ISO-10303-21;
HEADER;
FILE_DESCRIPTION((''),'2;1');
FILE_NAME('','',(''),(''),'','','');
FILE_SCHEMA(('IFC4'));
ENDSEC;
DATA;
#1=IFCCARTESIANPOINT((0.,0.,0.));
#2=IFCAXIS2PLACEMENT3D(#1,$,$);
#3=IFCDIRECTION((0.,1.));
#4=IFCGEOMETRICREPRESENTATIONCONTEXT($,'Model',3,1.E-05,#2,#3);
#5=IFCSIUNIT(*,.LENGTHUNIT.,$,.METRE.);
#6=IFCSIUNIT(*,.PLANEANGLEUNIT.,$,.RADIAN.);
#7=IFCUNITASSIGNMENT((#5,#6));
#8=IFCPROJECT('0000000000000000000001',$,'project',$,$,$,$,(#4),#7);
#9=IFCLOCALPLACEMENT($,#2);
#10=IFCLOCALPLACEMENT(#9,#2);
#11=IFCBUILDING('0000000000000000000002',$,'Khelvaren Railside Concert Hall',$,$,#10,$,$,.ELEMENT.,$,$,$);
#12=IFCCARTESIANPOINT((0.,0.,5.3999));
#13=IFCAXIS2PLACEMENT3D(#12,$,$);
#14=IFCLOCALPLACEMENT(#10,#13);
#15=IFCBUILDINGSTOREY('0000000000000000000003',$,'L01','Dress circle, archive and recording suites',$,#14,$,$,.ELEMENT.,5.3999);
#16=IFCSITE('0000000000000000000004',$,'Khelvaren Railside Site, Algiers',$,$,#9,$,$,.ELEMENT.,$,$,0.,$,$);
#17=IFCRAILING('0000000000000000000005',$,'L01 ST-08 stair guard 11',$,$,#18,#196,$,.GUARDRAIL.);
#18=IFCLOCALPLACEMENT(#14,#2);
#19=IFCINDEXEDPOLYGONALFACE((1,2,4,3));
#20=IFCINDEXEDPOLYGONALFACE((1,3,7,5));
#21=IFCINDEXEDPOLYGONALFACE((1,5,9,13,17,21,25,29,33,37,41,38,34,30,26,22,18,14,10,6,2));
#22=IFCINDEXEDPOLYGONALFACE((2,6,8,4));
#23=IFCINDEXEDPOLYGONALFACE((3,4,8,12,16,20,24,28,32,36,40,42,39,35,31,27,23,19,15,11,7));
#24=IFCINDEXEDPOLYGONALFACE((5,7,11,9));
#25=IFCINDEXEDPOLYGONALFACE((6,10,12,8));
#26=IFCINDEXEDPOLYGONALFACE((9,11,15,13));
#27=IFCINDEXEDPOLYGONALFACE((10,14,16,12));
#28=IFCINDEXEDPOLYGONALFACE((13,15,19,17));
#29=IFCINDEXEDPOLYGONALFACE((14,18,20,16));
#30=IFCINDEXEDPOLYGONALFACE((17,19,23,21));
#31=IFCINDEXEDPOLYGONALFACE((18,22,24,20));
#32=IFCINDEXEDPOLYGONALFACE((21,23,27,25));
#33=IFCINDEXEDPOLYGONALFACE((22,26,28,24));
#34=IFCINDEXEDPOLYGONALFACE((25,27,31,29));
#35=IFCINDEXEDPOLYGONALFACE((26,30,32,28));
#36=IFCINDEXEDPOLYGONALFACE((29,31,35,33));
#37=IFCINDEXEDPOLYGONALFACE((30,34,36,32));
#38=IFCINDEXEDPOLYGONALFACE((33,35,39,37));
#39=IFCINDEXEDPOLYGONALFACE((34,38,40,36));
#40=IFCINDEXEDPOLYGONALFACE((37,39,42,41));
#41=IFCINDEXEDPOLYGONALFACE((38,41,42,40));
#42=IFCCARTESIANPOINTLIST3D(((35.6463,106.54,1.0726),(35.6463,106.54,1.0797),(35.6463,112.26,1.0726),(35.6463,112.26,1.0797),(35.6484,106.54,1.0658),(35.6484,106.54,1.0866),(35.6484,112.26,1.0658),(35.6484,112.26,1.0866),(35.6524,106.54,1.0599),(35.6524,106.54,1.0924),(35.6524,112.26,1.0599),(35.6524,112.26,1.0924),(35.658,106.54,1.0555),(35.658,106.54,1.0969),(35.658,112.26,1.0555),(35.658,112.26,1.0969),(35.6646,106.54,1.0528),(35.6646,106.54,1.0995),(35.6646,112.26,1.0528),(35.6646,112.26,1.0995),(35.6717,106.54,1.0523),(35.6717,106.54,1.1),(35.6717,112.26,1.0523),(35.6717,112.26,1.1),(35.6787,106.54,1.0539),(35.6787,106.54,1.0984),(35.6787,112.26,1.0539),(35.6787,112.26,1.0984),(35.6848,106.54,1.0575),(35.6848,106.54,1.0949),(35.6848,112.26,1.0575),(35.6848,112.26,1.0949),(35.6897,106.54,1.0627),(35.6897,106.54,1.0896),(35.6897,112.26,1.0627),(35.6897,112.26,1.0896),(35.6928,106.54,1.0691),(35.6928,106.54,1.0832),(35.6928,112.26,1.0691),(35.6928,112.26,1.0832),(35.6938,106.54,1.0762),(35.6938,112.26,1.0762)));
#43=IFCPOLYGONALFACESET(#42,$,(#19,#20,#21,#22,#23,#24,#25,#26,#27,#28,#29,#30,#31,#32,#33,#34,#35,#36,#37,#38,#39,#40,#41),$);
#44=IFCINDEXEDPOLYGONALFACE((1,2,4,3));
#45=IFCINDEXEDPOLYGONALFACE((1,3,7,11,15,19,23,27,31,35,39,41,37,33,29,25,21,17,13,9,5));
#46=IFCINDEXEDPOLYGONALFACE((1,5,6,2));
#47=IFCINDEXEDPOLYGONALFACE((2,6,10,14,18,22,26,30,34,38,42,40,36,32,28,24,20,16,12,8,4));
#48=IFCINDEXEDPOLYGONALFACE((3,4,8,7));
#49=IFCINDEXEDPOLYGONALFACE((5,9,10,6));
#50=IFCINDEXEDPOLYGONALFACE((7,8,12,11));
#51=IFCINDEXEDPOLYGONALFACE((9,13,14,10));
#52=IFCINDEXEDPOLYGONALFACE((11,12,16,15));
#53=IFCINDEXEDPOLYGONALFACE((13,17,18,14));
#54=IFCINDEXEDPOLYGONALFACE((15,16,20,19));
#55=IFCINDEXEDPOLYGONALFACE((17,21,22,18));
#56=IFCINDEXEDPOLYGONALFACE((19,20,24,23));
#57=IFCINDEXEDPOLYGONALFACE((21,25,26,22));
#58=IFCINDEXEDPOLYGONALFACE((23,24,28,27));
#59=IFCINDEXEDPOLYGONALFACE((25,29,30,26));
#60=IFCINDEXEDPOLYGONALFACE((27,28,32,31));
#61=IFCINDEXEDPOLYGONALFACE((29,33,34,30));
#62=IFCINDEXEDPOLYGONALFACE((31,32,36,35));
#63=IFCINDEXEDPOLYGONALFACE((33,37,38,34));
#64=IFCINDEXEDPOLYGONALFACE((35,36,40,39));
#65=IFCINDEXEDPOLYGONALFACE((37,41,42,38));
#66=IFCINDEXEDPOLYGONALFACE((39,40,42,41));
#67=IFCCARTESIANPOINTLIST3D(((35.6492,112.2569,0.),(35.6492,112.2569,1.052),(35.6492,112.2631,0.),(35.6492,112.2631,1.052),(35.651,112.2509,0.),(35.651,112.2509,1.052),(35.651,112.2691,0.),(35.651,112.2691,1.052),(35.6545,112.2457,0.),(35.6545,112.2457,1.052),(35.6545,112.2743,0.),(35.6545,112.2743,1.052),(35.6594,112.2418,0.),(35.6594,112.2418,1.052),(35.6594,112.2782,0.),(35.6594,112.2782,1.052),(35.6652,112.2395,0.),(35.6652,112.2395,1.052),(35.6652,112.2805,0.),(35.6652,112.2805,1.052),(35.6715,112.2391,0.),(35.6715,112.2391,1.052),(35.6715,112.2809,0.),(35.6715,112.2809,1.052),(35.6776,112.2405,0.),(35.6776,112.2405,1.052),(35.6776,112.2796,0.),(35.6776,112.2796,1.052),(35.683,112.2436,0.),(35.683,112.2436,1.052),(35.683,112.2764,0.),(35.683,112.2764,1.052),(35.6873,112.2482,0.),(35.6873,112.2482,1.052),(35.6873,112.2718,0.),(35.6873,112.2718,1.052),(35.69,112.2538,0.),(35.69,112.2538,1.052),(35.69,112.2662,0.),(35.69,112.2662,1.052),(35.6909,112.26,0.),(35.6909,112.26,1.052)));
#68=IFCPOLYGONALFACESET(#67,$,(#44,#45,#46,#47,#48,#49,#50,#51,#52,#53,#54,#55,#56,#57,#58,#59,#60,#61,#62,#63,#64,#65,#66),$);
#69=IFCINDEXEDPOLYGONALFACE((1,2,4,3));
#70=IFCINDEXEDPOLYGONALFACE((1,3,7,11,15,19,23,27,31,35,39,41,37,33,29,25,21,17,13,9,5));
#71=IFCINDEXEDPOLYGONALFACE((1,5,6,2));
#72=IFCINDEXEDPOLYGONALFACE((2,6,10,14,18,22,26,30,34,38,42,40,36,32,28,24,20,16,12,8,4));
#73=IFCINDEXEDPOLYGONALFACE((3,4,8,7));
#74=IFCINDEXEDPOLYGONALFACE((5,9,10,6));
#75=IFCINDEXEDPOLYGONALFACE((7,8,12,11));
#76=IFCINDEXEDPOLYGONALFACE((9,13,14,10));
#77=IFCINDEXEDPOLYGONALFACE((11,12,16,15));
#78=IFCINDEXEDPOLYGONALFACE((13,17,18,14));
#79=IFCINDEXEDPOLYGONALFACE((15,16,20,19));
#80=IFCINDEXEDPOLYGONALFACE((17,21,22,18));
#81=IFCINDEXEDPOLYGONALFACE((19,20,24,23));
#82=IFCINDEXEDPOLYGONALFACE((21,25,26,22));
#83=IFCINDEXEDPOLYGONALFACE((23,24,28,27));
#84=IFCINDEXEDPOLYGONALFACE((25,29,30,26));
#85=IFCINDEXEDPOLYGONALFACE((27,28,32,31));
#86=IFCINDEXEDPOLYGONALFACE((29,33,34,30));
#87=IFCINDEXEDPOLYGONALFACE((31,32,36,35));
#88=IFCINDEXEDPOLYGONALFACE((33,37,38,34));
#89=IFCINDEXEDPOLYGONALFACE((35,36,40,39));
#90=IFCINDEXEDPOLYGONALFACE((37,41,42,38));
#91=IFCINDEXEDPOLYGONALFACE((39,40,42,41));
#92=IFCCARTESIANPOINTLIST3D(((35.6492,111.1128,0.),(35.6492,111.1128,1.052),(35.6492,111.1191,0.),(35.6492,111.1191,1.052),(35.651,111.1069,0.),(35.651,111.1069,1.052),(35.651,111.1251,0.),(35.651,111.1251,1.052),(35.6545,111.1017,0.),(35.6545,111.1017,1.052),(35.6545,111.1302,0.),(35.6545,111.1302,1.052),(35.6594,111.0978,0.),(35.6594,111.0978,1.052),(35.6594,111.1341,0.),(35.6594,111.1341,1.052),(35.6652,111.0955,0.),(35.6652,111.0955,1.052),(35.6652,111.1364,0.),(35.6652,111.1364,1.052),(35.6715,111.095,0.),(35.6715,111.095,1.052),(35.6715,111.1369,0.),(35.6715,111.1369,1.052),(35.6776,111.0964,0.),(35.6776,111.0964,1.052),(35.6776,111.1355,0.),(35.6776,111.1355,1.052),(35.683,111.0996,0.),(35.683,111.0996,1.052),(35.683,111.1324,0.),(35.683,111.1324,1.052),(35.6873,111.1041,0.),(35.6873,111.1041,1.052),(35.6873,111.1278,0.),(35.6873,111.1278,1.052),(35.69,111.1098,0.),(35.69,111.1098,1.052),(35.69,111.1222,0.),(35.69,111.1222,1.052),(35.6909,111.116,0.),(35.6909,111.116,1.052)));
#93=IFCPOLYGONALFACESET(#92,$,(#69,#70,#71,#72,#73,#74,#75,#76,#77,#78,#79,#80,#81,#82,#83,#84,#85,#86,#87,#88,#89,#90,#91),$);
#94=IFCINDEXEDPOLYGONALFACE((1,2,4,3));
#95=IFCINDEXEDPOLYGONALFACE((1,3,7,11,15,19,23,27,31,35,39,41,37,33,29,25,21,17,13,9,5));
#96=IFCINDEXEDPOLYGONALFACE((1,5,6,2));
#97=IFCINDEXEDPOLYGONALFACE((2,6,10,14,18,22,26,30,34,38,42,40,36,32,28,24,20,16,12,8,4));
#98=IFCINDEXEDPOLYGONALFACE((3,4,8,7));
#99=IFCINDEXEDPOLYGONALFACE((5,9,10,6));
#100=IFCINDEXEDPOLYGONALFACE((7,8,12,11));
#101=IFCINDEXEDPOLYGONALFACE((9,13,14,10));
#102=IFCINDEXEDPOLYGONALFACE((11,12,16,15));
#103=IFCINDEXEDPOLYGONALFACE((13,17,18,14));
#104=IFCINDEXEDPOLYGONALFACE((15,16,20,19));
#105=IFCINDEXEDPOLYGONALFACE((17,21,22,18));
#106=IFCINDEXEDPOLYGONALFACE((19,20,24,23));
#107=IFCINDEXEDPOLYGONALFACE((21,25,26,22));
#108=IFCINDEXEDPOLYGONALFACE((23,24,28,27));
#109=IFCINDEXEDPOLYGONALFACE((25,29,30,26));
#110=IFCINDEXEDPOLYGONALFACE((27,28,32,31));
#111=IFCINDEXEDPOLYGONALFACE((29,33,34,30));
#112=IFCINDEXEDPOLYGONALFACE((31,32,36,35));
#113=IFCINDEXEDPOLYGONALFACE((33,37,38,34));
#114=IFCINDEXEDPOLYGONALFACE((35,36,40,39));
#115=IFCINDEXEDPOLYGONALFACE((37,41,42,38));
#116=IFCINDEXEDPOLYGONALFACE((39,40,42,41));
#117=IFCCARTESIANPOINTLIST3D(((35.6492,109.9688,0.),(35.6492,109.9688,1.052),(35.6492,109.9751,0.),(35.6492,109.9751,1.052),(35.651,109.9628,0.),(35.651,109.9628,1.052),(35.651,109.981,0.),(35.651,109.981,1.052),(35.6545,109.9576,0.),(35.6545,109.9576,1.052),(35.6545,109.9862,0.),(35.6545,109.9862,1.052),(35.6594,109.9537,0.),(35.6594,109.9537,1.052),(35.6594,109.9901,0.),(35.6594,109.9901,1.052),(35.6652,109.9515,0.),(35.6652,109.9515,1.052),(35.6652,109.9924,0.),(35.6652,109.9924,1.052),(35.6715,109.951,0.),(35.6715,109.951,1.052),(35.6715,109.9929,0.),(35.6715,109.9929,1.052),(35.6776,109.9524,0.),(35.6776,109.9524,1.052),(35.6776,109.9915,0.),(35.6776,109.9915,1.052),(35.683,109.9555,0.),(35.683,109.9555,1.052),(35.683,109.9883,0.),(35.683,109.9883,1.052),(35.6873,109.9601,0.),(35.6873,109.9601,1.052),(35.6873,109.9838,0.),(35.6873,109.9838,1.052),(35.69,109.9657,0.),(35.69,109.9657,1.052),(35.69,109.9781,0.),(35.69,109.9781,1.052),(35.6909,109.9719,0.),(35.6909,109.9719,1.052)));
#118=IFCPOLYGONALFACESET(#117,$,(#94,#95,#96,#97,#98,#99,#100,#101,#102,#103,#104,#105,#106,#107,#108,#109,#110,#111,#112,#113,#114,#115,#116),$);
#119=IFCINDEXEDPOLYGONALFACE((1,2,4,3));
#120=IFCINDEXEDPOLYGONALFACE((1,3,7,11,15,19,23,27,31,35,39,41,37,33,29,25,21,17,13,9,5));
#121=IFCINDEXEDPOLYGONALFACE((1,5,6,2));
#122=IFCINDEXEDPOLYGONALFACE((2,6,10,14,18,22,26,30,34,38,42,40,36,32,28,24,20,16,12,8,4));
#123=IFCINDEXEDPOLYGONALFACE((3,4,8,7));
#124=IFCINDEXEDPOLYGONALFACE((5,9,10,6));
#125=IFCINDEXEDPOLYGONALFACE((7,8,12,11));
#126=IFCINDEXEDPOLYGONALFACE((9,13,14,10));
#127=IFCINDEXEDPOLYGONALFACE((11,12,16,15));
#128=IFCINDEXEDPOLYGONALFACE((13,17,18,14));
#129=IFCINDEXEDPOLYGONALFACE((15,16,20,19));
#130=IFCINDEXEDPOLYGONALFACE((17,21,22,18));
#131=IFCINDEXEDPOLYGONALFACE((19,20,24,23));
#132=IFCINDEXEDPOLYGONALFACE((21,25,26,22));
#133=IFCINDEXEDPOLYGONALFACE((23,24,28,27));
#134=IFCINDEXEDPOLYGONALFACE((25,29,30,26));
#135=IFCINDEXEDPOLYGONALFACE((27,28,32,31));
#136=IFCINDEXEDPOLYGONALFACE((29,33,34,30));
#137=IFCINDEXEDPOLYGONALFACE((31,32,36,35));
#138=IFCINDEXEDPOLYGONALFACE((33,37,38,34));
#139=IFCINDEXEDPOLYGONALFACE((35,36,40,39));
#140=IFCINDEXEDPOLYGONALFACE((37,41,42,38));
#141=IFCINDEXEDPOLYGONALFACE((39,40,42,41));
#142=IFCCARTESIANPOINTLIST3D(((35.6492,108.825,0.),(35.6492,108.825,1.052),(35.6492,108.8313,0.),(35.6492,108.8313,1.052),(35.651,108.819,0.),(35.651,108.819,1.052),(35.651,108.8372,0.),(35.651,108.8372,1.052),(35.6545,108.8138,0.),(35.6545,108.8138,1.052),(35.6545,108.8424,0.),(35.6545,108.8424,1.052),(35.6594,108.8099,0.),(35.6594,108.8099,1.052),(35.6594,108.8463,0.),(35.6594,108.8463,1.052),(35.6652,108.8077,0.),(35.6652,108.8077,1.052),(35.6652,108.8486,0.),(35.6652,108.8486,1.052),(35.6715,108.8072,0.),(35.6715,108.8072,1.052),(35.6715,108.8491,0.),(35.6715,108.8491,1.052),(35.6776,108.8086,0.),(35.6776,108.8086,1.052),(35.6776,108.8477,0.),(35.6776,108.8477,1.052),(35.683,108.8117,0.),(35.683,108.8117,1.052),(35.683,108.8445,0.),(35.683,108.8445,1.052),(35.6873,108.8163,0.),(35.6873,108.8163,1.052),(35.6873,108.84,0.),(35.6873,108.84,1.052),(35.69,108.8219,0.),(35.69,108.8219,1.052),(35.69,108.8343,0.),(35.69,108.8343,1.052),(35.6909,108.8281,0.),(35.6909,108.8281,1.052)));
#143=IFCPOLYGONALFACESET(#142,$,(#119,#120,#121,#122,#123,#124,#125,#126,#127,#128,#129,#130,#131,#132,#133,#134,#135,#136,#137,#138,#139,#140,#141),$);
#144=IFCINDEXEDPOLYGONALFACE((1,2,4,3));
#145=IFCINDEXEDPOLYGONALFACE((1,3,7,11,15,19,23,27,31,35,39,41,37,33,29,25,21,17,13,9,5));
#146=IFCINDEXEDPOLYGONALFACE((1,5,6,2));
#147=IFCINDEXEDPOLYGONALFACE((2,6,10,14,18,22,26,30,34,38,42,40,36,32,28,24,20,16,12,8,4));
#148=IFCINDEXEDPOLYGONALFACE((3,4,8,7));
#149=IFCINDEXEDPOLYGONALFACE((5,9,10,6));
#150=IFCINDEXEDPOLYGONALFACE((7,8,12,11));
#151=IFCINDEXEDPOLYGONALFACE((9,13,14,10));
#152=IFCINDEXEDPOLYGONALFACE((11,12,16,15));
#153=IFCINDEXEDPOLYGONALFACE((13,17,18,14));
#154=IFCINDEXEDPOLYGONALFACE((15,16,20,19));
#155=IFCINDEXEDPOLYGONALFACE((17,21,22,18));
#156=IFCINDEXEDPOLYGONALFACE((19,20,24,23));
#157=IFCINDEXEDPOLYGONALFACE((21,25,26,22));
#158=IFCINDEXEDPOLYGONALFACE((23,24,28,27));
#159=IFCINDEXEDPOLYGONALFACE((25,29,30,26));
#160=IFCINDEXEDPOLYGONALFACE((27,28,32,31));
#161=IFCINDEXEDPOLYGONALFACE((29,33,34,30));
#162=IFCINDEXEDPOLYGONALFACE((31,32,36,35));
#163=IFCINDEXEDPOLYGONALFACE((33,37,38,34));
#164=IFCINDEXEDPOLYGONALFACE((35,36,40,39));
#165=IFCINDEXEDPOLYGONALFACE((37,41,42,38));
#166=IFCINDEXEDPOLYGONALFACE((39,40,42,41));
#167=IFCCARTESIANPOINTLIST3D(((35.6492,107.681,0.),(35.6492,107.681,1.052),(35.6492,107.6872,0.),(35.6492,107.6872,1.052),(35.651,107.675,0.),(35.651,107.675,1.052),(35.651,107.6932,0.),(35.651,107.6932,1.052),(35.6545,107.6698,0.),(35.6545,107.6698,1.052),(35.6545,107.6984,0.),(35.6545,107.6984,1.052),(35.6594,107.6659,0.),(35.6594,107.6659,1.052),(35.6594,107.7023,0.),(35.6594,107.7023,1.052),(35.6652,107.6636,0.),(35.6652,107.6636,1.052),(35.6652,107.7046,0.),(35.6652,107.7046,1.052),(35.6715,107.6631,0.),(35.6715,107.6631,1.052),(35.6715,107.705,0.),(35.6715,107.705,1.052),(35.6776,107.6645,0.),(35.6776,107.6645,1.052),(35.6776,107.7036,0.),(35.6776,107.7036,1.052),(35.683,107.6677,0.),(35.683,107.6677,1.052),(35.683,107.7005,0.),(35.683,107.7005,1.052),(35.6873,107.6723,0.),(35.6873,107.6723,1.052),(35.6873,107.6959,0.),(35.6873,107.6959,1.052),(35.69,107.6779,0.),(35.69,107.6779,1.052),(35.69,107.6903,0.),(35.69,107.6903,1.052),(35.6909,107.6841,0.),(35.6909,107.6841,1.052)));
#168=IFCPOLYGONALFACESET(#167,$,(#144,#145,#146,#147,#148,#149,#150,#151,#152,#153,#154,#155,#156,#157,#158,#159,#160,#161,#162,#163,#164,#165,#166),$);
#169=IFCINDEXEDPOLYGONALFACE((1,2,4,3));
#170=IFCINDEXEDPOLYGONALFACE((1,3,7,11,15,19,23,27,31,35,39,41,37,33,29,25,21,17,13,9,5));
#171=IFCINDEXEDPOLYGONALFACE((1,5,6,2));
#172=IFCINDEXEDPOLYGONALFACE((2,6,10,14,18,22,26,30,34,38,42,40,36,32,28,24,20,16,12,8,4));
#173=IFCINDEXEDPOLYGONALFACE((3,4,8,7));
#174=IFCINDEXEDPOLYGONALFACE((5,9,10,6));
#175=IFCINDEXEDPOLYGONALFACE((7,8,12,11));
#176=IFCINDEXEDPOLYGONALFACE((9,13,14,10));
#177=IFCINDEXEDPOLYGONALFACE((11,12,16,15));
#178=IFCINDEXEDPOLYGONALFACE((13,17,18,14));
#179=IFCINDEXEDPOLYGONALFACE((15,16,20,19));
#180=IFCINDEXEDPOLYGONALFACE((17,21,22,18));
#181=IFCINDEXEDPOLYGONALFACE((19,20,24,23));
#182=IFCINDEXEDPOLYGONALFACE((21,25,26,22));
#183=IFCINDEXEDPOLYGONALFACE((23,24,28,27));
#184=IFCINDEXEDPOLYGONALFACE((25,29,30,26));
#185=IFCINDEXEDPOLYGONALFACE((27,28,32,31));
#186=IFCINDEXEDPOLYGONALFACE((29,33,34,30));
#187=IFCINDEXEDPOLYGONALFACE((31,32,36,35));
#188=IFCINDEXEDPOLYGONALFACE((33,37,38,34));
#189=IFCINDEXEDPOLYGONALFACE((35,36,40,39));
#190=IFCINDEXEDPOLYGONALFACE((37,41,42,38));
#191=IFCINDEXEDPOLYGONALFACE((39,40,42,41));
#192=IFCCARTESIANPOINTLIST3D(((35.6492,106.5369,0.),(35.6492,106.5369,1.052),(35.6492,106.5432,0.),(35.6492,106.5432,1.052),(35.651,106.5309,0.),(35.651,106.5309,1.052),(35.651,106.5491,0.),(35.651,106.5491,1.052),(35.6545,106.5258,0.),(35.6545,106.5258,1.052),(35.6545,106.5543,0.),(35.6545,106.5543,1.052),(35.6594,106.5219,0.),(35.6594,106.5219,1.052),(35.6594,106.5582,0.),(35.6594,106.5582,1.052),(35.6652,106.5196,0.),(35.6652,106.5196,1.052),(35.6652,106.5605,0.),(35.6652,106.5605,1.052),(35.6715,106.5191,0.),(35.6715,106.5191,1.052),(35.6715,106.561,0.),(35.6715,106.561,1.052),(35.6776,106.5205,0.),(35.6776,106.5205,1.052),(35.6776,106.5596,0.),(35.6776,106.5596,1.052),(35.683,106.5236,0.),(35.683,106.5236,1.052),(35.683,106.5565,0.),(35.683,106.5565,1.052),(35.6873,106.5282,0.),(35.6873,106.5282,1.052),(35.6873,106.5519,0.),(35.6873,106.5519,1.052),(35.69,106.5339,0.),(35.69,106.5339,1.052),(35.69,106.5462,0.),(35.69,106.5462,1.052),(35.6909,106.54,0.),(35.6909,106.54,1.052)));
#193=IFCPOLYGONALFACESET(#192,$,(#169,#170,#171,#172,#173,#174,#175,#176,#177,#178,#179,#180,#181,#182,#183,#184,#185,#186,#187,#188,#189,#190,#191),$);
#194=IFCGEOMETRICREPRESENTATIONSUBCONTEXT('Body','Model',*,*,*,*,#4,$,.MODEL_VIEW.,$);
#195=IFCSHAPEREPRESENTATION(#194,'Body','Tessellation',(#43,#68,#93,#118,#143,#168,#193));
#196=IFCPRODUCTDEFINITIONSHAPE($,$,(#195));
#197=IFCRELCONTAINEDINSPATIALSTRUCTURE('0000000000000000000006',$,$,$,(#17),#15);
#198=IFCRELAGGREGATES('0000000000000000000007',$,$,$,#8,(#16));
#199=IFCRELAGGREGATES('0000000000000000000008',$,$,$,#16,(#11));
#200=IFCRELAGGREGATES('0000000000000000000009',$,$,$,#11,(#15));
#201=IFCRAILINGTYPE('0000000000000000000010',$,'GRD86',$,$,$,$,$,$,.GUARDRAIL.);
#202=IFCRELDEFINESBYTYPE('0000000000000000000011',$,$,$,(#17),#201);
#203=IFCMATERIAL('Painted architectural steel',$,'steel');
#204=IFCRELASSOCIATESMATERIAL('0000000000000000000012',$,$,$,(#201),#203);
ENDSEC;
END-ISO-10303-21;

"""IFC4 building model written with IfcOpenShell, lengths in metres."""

from ifc_helpers import new_model, si_unit, direction, frame, origin, origin_2d, place, context, subcontext, project, spatial, circle, extrude, material, type_object, element, save


model = new_model("IFC4")

# Units and contexts
model_context = context("Model", 3, precision=1e-05, world=origin(), true_north=direction((0.0, 1.0)))
body_context = subcontext(model_context, "Body", "Model", "MODEL_VIEW")
ifc_project = project(units=[si_unit("LENGTHUNIT", "METRE"), si_unit("PLANEANGLEUNIT", "RADIAN")], contexts=[model_context])

# Site, building, storey
site_placement = place(None, origin())
site = spatial("IfcSite", under=ifc_project, at=site_placement, Name="Khelvaren Railside Site, Algiers", CompositionType="ELEMENT", RefElevation=0.0)
building_placement = place(site_placement, origin())
building = spatial("IfcBuilding", under=site, at=building_placement, Name="Khelvaren Railside Concert Hall", CompositionType="ELEMENT")
storey_placement = place(building_placement, frame((0.0, 0.0, 5.3999)))
storey = spatial("IfcBuildingStorey", under=building, at=storey_placement, Name="L01", Description="Dress circle, archive and recording suites", CompositionType="ELEMENT", Elevation=5.3999)

# Railing
ifc_material_1 = material(Name="Painted architectural steel", Category="steel")
railing_type_1 = type_object("IfcRailingType", Name="GRD86", PredefinedType="GUARDRAIL", material=ifc_material_1)
for number, where, name in (
    (1, (35.6699, 112.26, 0.0), "L01 ST-08 stair guard 11"),
):
    element("IfcRailing", number, at=place(storey_placement, frame(where)), inside=storey, type_object=railing_type_1, Name=name, PredefinedType="GUARDRAIL", context=body_context, shape_type="SweptSolid", body=[
        extrude(circle(Radius=0.0239, at=origin_2d()), frame((0.0, 0.0, 1.0762), z_axis=(0.0, -1.0, 0.0), x_axis=(1.0, 0.0, 0.0)), (0.0, 0.0, 1.0), 5.72),
        extrude(circle(Radius=0.021, at=origin_2d()), origin(), (0.0, 0.0, 1.0), 1.052),
        extrude(circle(Radius=0.021, at=origin_2d()), frame((0.0, -1.144, 0.0)), (0.0, 0.0, 1.0), 1.052),
        extrude(circle(Radius=0.021, at=origin_2d()), frame((0.0, -2.2881, 0.0)), (0.0, 0.0, 1.0), 1.052),
        extrude(circle(Radius=0.021, at=origin_2d()), frame((0.0, -3.4319, 0.0)), (0.0, 0.0, 1.0), 1.052),
        extrude(circle(Radius=0.021, at=origin_2d()), frame((0.0, -4.5759, 0.0)), (0.0, 0.0, 1.0), 1.052),
        extrude(circle(Radius=0.021, at=origin_2d()), frame((0.0, -5.72, 0.0)), (0.0, 0.0, 1.0), 1.052),
    ])

save(model, "model.ifc")
